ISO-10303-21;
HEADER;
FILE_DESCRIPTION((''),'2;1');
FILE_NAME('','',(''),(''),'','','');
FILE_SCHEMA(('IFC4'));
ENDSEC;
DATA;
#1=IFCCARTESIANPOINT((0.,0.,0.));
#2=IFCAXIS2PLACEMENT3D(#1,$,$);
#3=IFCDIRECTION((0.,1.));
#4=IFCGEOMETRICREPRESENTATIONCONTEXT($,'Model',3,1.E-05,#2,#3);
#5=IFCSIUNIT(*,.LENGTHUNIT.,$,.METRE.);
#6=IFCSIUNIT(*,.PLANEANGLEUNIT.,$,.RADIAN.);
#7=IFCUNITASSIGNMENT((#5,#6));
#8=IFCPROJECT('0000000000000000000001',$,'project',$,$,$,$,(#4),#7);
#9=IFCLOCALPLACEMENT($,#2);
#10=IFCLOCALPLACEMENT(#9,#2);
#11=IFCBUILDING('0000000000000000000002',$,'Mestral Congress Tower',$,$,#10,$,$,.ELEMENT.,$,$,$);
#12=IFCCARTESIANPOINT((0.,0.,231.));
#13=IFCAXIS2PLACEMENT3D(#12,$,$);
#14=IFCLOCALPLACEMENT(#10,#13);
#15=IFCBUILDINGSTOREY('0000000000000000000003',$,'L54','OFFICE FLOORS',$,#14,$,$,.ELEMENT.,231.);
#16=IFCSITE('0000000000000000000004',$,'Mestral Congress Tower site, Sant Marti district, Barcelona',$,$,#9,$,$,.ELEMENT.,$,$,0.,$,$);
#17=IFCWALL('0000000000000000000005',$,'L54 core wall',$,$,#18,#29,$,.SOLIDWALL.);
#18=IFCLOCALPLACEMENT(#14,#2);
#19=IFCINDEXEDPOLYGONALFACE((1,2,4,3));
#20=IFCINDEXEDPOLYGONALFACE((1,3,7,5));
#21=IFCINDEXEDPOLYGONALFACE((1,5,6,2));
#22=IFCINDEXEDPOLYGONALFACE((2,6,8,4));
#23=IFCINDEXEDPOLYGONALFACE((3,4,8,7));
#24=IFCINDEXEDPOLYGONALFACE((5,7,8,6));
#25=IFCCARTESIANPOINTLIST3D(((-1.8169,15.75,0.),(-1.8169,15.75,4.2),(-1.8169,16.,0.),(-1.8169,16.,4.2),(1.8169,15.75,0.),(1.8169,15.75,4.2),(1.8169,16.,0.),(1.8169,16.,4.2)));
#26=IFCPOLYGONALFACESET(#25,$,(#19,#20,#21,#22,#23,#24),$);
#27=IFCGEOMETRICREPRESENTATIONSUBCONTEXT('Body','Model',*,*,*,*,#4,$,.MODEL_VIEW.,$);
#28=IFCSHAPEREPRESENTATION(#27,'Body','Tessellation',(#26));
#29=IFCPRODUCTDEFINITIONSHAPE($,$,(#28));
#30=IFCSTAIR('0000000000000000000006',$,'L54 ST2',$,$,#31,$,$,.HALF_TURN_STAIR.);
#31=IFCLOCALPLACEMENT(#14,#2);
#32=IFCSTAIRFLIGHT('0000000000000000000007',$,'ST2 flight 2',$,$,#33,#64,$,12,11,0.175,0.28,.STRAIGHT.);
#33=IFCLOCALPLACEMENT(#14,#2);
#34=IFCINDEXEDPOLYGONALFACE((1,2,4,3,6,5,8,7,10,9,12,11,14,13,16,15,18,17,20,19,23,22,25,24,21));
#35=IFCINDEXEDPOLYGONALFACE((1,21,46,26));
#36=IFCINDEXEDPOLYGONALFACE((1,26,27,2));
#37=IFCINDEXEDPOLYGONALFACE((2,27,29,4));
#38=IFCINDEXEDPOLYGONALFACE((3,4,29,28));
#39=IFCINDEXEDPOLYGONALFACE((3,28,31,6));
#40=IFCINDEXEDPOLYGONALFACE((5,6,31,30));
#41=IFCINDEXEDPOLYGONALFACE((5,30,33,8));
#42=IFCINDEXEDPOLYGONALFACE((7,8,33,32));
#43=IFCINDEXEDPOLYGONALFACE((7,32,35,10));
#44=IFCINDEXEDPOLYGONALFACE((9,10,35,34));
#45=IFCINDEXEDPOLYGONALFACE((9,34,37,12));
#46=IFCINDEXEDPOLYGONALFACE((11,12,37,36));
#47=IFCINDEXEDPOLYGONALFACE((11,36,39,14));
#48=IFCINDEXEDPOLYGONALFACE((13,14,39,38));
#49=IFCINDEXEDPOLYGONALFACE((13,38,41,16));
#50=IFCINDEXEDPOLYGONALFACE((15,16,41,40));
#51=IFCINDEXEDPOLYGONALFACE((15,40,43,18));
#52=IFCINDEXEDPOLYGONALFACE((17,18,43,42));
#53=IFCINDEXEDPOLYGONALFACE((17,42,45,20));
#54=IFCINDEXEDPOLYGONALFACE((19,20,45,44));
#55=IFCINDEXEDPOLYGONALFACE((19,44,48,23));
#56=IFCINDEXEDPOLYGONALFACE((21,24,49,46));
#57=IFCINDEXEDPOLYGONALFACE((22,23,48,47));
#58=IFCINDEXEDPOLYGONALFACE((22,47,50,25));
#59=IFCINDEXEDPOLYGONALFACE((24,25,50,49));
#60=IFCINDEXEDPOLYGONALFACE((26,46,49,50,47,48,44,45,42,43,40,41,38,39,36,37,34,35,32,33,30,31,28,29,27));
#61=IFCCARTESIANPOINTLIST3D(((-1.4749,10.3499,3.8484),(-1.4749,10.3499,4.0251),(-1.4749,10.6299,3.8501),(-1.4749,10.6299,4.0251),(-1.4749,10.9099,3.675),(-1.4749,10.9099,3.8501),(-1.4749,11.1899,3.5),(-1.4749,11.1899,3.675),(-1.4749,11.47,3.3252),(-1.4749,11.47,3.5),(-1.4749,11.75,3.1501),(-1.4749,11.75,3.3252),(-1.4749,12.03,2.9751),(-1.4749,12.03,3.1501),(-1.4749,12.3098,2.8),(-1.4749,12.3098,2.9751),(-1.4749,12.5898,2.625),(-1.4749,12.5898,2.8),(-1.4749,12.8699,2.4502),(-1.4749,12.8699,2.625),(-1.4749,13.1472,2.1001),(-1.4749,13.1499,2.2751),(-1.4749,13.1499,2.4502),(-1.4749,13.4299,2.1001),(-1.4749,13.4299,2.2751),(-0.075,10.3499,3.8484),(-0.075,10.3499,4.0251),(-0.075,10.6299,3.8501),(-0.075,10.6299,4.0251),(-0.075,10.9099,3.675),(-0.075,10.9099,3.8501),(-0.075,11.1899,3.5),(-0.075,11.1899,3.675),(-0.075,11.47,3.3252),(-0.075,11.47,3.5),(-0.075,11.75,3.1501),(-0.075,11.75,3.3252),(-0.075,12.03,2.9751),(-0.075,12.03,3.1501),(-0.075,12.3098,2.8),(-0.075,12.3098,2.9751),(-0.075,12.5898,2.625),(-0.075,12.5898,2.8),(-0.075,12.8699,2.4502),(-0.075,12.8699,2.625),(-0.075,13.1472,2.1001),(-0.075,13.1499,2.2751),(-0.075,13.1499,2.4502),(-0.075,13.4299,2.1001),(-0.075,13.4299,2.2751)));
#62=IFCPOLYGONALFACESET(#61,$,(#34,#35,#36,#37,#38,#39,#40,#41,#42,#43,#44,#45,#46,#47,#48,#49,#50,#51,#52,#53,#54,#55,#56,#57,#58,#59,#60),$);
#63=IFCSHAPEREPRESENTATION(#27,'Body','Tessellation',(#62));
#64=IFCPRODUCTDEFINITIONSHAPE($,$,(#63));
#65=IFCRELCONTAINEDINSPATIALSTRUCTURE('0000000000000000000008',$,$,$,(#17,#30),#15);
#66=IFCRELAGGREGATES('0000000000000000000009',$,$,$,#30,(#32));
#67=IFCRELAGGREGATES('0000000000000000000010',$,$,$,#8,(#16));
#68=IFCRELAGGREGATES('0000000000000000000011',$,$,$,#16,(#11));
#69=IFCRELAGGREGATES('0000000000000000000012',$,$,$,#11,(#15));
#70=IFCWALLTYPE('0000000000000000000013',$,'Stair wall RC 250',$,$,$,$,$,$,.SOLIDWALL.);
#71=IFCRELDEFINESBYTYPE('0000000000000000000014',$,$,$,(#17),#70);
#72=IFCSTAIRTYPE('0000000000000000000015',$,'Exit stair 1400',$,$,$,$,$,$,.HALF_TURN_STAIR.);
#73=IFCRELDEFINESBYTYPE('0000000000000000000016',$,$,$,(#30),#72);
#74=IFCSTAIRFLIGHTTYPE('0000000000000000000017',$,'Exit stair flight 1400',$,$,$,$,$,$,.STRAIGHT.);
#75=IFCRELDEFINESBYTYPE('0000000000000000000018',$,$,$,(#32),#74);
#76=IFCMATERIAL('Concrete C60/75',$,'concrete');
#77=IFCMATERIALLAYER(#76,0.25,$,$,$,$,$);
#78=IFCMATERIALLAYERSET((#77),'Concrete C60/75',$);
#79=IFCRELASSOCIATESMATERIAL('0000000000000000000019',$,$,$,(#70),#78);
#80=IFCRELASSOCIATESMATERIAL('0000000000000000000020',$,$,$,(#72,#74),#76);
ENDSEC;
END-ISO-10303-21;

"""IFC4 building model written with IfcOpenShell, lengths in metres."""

from ifc_helpers import new_model, si_unit, direction, frame, frame_2d, origin, place, context, subcontext, project, spatial, polyline, rectangle, outline, extrude, material, layer, layer_set, type_object, element, aggregate, save


model = new_model("IFC4")

# Units and contexts
model_context = context("Model", 3, precision=1e-05, world=origin(), true_north=direction((0.0, 1.0)))
body_context = subcontext(model_context, "Body", "Model", "MODEL_VIEW")
ifc_project = project(units=[si_unit("LENGTHUNIT", "METRE"), si_unit("PLANEANGLEUNIT", "RADIAN")], contexts=[model_context])

# Site, building, storey
site_placement = place(None, origin())
site = spatial("IfcSite", under=ifc_project, at=site_placement, Name="Mestral Congress Tower site, Sant Marti district, Barcelona", CompositionType="ELEMENT", RefElevation=0.0)
building_placement = place(site_placement, origin())
building = spatial("IfcBuilding", under=site, at=building_placement, Name="Mestral Congress Tower", CompositionType="ELEMENT")
storey_placement = place(building_placement, frame((0.0, 0.0, 231.0)))
storey = spatial("IfcBuildingStorey", under=building, at=storey_placement, Name="L54", Description="OFFICE FLOORS", CompositionType="ELEMENT", Elevation=231.0)

# Shared definitions
ifc_material_1 = material(Name="Concrete C60/75", Category="concrete")

# Wall
ifc_layer_1 = layer(ifc_material_1, 0.25)
ifc_layer_set_1 = layer_set([ifc_layer_1], Name="Concrete C60/75")
wall_type_1 = type_object("IfcWallType", Name="Stair wall RC 250", PredefinedType="SOLIDWALL", material=ifc_layer_set_1)
wall_1_placement = place(storey_placement, frame((-1.8169, 15.875, 0.0), z_axis=(0.0, 0.0, 1.0), x_axis=(1.0, 0.0, 0.0)))
element("IfcWall", 1, at=wall_1_placement, inside=storey, type_object=wall_type_1, Name="L54 core wall", PredefinedType="SOLIDWALL", context=body_context, shape_type="SweptSolid", body=[
    extrude(rectangle(XDim=3.6338, YDim=0.25, at=frame_2d((1.8169, 0.0))), origin(), (0.0, 0.0, 1.0), 4.2),
])

# Stair, stair flight
stair_type = type_object("IfcStairType", Name="Exit stair 1400", PredefinedType="HALF_TURN_STAIR", material=ifc_material_1)
stair_placement = place(storey_placement, origin())
stair = element("IfcStair", 2, at=stair_placement, inside=storey, type_object=stair_type, Name="L54 ST2", PredefinedType="HALF_TURN_STAIR")
stair_flight_type = type_object("IfcStairFlightType", Name="Exit stair flight 1400", PredefinedType="STRAIGHT", material=ifc_material_1)
stair_flight_placement = place(storey_placement, frame((-0.7749, 13.4299, 2.1001), z_axis=(0.0, 0.0, 1.0), x_axis=(0.0, -1.0, 0.0)))
stair_flight = element("IfcStairFlight", 3, at=stair_flight_placement, type_object=stair_flight_type, Name="ST2 flight 2", NumberOfRisers=12, NumberOfTreads=11, PredefinedType="STRAIGHT", RiserHeight=0.175, TreadLength=0.28, context=body_context, shape_type="SweptSolid", body=[
    extrude(outline(polyline([(0.0, 0.0), (0.0, 0.175), (0.28, 0.175), (0.28, 0.3501), (0.5601, 0.3501), (0.5601, 0.5249), (0.8401, 0.5249), (0.8401, 0.7), (1.1201, 0.7), (1.1201, 0.875), (1.3999, 0.875), (1.3999, 1.05), (1.6799, 1.05), (1.6799, 1.2251), (1.96, 1.2251), (1.96, 1.3999), (2.24, 1.3999), (2.24, 1.575), (2.52, 1.575), (2.52, 1.75), (2.8, 1.75), (2.8, 1.925), (3.0801, 1.925), (3.0801, 2.1001), (3.0801, 1.7483), (0.2827, 0.0), (0.0, 0.0)])), frame((0.0, 0.7, 0.0), z_axis=(0.0, -1.0, 0.0), x_axis=(1.0, 0.0, 0.0)), (0.0, 0.0, 1.0), 1.3999),
])
aggregate(stair, [stair_flight])

save(model, "model.ifc")
